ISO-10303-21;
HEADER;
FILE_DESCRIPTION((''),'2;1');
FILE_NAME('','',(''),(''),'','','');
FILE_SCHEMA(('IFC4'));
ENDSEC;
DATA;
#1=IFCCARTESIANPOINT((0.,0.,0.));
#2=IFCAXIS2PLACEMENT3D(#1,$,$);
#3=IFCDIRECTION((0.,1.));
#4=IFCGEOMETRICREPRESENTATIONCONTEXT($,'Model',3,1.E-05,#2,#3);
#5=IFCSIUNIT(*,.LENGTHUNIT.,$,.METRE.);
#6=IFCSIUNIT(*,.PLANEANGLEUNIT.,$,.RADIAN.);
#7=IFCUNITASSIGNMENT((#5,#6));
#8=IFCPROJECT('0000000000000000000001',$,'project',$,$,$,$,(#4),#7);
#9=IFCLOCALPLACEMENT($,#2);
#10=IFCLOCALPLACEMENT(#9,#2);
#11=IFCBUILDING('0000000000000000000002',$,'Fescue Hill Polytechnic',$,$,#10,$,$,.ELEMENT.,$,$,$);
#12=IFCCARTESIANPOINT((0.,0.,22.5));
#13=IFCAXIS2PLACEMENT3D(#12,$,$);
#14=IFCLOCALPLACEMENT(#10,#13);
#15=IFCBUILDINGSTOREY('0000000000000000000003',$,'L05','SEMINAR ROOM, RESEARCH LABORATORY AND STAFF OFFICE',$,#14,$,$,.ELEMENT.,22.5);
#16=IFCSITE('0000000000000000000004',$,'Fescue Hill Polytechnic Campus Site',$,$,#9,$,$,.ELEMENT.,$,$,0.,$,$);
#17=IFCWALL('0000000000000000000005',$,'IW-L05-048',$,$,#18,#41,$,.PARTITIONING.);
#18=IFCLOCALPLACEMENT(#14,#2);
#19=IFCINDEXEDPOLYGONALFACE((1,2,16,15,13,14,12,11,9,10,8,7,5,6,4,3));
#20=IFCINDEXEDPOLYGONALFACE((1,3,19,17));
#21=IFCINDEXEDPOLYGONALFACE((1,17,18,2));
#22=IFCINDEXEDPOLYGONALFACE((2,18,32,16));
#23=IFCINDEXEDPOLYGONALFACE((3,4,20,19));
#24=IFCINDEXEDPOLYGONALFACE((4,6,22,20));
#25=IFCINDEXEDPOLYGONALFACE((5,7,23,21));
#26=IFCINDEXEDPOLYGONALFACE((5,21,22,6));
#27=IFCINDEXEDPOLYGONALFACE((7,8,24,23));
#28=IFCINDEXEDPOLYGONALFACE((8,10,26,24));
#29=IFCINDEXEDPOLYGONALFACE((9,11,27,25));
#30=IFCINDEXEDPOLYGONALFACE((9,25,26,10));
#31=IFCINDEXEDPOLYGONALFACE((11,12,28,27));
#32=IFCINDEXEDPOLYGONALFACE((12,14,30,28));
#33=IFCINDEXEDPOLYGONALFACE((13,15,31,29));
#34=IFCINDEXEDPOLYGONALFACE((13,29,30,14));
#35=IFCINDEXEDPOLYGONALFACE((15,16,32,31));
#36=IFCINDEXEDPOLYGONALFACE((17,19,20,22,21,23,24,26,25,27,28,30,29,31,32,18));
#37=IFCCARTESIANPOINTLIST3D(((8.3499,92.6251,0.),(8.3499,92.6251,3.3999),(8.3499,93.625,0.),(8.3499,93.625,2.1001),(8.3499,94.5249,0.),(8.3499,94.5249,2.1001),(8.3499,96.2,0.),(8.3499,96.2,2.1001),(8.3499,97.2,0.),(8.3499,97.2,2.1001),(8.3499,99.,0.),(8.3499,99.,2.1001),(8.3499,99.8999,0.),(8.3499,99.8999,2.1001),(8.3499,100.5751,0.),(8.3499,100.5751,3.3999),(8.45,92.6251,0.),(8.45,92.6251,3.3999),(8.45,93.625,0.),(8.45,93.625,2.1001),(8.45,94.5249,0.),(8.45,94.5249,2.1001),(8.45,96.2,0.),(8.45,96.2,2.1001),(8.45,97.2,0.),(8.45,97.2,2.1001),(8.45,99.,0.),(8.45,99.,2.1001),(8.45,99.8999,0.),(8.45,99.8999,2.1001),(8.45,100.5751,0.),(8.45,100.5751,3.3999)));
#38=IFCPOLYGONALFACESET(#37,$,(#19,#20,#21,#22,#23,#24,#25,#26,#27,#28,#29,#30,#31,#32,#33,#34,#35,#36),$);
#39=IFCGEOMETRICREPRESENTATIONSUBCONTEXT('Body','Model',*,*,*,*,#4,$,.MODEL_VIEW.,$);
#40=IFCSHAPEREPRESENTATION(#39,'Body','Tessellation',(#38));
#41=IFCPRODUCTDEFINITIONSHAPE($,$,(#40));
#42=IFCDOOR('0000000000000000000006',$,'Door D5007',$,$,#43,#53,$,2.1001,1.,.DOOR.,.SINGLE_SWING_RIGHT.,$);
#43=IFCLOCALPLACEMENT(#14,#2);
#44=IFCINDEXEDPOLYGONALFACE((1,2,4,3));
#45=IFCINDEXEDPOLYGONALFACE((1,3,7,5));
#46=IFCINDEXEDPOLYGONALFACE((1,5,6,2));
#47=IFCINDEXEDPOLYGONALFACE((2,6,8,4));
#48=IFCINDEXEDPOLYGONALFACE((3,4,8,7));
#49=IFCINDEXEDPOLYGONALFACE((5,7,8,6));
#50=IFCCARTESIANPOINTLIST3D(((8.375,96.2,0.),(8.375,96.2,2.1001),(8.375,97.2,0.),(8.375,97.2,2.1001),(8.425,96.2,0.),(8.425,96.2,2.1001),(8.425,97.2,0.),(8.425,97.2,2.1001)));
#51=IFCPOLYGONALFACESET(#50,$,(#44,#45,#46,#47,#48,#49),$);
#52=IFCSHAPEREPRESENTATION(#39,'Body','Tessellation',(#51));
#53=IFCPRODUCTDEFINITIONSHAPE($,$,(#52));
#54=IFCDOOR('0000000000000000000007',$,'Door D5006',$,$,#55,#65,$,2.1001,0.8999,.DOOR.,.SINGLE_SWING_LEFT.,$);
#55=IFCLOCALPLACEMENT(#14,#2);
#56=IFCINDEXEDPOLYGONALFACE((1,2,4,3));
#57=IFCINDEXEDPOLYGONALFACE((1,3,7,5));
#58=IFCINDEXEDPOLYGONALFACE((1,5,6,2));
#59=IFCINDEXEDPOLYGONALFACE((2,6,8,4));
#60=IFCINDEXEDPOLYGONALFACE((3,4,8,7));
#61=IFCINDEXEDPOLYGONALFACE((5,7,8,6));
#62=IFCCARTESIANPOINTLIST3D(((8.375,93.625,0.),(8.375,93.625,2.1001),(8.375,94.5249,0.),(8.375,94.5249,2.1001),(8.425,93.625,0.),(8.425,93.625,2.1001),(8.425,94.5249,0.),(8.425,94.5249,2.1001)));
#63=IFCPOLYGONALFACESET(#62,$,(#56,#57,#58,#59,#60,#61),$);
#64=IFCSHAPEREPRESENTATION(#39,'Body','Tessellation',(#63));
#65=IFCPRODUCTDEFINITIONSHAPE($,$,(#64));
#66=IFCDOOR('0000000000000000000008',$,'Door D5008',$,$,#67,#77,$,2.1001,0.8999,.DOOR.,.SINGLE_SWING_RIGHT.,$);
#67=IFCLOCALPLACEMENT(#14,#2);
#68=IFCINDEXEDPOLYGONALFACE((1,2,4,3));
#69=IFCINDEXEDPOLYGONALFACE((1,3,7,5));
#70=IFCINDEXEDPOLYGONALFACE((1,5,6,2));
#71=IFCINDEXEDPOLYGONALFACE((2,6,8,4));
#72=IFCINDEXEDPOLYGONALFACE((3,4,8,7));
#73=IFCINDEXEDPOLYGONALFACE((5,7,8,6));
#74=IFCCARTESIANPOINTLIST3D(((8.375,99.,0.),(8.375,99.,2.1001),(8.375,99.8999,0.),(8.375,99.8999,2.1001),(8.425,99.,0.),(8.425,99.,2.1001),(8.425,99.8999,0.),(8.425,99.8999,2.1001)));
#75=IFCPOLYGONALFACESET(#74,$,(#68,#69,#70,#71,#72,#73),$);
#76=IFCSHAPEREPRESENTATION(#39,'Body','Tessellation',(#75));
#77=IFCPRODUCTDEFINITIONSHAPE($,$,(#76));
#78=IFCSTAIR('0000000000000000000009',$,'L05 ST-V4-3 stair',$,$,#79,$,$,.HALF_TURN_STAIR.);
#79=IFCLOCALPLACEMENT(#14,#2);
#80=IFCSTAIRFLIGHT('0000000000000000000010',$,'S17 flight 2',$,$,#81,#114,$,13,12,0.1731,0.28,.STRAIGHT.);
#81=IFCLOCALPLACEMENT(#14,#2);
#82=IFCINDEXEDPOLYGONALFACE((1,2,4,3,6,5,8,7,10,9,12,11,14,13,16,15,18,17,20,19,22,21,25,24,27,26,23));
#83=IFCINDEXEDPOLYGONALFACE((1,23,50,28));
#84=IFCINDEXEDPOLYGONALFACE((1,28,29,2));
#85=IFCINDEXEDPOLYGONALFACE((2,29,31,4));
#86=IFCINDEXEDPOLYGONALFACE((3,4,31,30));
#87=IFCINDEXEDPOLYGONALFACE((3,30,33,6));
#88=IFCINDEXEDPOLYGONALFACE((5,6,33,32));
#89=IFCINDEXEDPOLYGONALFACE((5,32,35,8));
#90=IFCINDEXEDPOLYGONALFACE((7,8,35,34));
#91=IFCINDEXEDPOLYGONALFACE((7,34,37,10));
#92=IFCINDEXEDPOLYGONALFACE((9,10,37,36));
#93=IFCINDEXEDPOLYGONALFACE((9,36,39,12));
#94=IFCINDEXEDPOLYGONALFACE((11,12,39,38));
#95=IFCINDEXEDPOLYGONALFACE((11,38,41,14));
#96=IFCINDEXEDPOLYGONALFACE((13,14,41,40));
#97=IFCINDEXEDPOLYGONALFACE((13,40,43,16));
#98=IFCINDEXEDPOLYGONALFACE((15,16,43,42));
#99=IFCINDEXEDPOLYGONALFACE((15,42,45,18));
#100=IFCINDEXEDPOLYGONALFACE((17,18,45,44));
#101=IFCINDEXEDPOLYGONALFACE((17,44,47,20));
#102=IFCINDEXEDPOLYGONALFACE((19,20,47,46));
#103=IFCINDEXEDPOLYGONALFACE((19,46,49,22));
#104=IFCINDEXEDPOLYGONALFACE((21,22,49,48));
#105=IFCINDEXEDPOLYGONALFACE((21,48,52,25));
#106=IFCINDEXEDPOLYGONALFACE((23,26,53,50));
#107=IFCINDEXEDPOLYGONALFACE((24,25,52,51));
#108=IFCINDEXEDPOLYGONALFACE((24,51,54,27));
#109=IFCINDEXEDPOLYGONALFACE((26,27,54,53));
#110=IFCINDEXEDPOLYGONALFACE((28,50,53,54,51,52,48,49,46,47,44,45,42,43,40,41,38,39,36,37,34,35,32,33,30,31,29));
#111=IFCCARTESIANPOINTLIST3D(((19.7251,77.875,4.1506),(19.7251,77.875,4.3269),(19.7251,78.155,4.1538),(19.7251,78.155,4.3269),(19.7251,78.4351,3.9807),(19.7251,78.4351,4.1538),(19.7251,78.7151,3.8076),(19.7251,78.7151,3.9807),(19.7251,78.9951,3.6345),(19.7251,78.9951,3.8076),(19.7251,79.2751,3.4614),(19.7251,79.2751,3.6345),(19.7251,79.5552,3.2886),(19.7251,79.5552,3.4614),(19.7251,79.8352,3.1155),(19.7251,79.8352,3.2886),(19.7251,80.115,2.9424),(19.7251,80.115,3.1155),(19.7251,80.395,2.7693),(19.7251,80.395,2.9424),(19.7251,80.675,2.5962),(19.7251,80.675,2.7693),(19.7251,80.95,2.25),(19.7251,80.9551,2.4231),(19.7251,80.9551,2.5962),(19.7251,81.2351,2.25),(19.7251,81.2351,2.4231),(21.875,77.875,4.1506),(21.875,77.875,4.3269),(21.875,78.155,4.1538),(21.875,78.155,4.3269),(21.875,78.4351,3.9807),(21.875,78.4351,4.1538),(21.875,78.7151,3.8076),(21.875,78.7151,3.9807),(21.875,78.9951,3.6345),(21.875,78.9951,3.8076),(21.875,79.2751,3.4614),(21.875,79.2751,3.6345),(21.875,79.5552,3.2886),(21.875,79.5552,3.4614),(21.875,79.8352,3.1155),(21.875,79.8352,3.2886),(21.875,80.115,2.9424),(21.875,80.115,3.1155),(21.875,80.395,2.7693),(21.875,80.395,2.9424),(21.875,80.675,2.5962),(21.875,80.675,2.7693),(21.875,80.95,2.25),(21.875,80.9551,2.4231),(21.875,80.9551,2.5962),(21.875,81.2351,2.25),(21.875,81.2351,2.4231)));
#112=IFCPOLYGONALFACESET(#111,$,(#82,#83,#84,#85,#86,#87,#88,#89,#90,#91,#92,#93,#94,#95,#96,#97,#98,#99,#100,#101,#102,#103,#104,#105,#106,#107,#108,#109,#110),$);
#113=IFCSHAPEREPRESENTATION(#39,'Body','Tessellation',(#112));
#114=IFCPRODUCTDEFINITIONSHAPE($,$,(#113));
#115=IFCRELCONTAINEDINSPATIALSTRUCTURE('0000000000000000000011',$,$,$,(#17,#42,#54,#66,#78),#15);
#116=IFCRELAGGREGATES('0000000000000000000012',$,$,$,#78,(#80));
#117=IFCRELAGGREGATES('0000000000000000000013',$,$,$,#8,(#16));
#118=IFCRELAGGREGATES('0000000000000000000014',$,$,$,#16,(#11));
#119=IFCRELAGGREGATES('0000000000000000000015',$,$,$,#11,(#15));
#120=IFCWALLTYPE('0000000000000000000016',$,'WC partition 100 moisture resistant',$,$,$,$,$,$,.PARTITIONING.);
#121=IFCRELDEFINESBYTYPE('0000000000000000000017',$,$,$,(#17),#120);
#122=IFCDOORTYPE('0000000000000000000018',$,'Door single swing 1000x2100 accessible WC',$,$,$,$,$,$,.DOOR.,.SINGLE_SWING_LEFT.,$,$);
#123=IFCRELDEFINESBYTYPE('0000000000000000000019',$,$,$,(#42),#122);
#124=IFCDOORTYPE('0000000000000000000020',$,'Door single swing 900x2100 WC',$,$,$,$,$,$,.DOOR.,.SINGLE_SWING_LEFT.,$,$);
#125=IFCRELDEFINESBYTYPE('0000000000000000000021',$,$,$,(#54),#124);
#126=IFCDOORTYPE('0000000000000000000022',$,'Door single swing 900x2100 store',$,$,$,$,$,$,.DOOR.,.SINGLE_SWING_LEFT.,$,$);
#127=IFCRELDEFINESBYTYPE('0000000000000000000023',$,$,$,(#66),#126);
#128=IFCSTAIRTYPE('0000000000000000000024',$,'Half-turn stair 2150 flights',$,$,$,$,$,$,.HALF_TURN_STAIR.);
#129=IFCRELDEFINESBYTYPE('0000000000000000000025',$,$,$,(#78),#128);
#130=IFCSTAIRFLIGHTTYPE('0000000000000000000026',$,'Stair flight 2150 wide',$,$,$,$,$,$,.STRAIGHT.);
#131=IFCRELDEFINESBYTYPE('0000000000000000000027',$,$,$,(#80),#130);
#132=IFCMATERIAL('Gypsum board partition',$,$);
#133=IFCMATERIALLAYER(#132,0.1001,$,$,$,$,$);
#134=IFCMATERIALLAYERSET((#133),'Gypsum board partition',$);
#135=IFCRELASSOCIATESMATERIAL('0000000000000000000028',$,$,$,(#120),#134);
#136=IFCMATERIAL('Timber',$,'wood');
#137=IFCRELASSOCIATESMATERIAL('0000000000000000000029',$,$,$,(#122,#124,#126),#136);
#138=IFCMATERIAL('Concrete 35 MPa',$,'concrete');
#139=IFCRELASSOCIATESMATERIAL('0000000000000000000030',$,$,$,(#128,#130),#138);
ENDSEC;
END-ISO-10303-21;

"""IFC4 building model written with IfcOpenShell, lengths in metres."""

from ifc_helpers import new_model, si_unit, direction, frame, frame_2d, origin, place, context, subcontext, project, spatial, polyline, rectangle, outline, extrude, material, layer, layer_set, type_object, element, fill, aggregate, save


model = new_model("IFC4")

# Units and contexts
model_context = context("Model", 3, precision=1e-05, world=origin(), true_north=direction((0.0, 1.0)))
body_context = subcontext(model_context, "Body", "Model", "MODEL_VIEW")
ifc_project = project(units=[si_unit("LENGTHUNIT", "METRE"), si_unit("PLANEANGLEUNIT", "RADIAN")], contexts=[model_context])

# Site, building, storey
site_placement = place(None, origin())
site = spatial("IfcSite", under=ifc_project, at=site_placement, Name="Fescue Hill Polytechnic Campus Site", CompositionType="ELEMENT", RefElevation=0.0)
building_placement = place(site_placement, origin())
building = spatial("IfcBuilding", under=site, at=building_placement, Name="Fescue Hill Polytechnic", CompositionType="ELEMENT")
storey_placement = place(building_placement, frame((0.0, 0.0, 22.5)))
storey = spatial("IfcBuildingStorey", under=building, at=storey_placement, Name="L05", Description="SEMINAR ROOM, RESEARCH LABORATORY AND STAFF OFFICE", CompositionType="ELEMENT", Elevation=22.5)

# Shared definitions
ifc_material_1 = material(Name="Concrete 35 MPa", Category="concrete")

# Shared definitions
ifc_material_2 = material(Name="Gypsum board partition")
ifc_material_3 = material(Name="Timber", Category="wood")

# Wall, openings, doors
ifc_layer_1 = layer(ifc_material_2, 0.1001)
ifc_layer_set_1 = layer_set([ifc_layer_1], Name="Gypsum board partition")
wall_type_1 = type_object("IfcWallType", Name="WC partition 100 moisture resistant", PredefinedType="PARTITIONING", material=ifc_layer_set_1)
wall_1_placement = place(storey_placement, frame((8.3999, 92.625, 0.0), z_axis=(0.0, 0.0, 1.0), x_axis=(0.0, 1.0, 0.0)))
wall_1 = element("IfcWall", 1, at=wall_1_placement, inside=storey, type_object=wall_type_1, Name="IW-L05-048", PredefinedType="PARTITIONING", context=body_context, shape_type="SweptSolid", body=[
    extrude(rectangle(XDim=7.95, YDim=0.1001, at=frame_2d((3.9751, 0.0))), origin(), (0.0, 0.0, 1.0), 3.3999),
])
opening_1_placement = place(wall_1_placement, frame((1.0, 0.0, 0.0)))
opening_1 = element("IfcOpeningElement", 2, at=opening_1_placement, cuts=wall_1, PredefinedType="OPENING", context=body_context, shape_type="SweptSolid", body=[
    extrude(rectangle(XDim=0.8999, YDim=2.1001, at=frame_2d((0.45, 1.05))), frame((0.0, 0.0601, 0.0), z_axis=(0.0, -1.0, 0.0), x_axis=(1.0, 0.0, 0.0)), (0.0, 0.0, 1.0), 0.1201),
])
opening_2_placement = place(wall_1_placement, frame((3.575, 0.0, 0.0)))
opening_2 = element("IfcOpeningElement", 3, at=opening_2_placement, cuts=wall_1, PredefinedType="OPENING", context=body_context, shape_type="SweptSolid", body=[
    extrude(rectangle(XDim=1.0, YDim=2.1001, at=frame_2d((0.5, 1.05))), frame((0.0, 0.0601, 0.0), z_axis=(0.0, -1.0, 0.0), x_axis=(1.0, 0.0, 0.0)), (0.0, 0.0, 1.0), 0.1201),
])
opening_3_placement = place(wall_1_placement, frame((6.375, 0.0, 0.0)))
opening_3 = element("IfcOpeningElement", 4, at=opening_3_placement, cuts=wall_1, PredefinedType="OPENING", context=body_context, shape_type="SweptSolid", body=[
    extrude(rectangle(XDim=0.8999, YDim=2.1001, at=frame_2d((0.45, 1.05))), frame((0.0, 0.0601, 0.0), z_axis=(0.0, -1.0, 0.0), x_axis=(1.0, 0.0, 0.0)), (0.0, 0.0, 1.0), 0.1201),
])
door_type_1 = type_object("IfcDoorType", Name="Door single swing 1000x2100 accessible WC", OperationType="SINGLE_SWING_LEFT", PredefinedType="DOOR", material=ifc_material_3)
door_1_placement = place(opening_2_placement, origin())
door_1 = element("IfcDoor", 5, at=door_1_placement, inside=storey, type_object=door_type_1, Name="Door D5007", OperationType="SINGLE_SWING_RIGHT", OverallHeight=2.1001, OverallWidth=1.0, PredefinedType="DOOR", context=body_context, shape_type="SweptSolid", body=[
    extrude(rectangle(XDim=1.0, YDim=2.1001, at=frame_2d((0.5, 1.05))), frame((0.0, 0.0249, 0.0), z_axis=(0.0, -1.0, 0.0), x_axis=(1.0, 0.0, 0.0)), (0.0, 0.0, 1.0), 0.05),
])
fill(opening_2, door_1)
door_type_2 = type_object("IfcDoorType", Name="Door single swing 900x2100 WC", OperationType="SINGLE_SWING_LEFT", PredefinedType="DOOR", material=ifc_material_3)
door_2_placement = place(opening_1_placement, origin())
door_2 = element("IfcDoor", 6, at=door_2_placement, inside=storey, type_object=door_type_2, Name="Door D5006", OperationType="SINGLE_SWING_LEFT", OverallHeight=2.1001, OverallWidth=0.8999, PredefinedType="DOOR", context=body_context, shape_type="SweptSolid", body=[
    extrude(rectangle(XDim=0.8999, YDim=2.1001, at=frame_2d((0.45, 1.05))), frame((0.0, 0.0249, 0.0), z_axis=(0.0, -1.0, 0.0), x_axis=(1.0, 0.0, 0.0)), (0.0, 0.0, 1.0), 0.05),
])
fill(opening_1, door_2)
door_type_3 = type_object("IfcDoorType", Name="Door single swing 900x2100 store", OperationType="SINGLE_SWING_LEFT", PredefinedType="DOOR", material=ifc_material_3)
door_3_placement = place(opening_3_placement, origin())
door_3 = element("IfcDoor", 7, at=door_3_placement, inside=storey, type_object=door_type_3, Name="Door D5008", OperationType="SINGLE_SWING_RIGHT", OverallHeight=2.1001, OverallWidth=0.8999, PredefinedType="DOOR", context=body_context, shape_type="SweptSolid", body=[
    extrude(rectangle(XDim=0.8999, YDim=2.1001, at=frame_2d((0.45, 1.05))), frame((0.0, 0.0249, 0.0), z_axis=(0.0, -1.0, 0.0), x_axis=(1.0, 0.0, 0.0)), (0.0, 0.0, 1.0), 0.05),
])
fill(opening_3, door_3)

# Stair, stair flight
stair_type = type_object("IfcStairType", Name="Half-turn stair 2150 flights", PredefinedType="HALF_TURN_STAIR", material=ifc_material_1)
stair_placement = place(storey_placement, origin())
stair = element("IfcStair", 8, at=stair_placement, inside=storey, type_object=stair_type, Name="L05 ST-V4-3 stair", PredefinedType="HALF_TURN_STAIR")
stair_flight_type = type_object("IfcStairFlightType", Name="Stair flight 2150 wide", PredefinedType="STRAIGHT", material=ifc_material_1)
stair_flight_placement = place(storey_placement, frame((20.8, 81.2351, 2.25), z_axis=(0.0, 0.0, 1.0), x_axis=(0.0, -1.0, 0.0)))
stair_flight = element("IfcStairFlight", 9, at=stair_flight_placement, type_object=stair_flight_type, Name="S17 flight 2", NumberOfRisers=13, NumberOfTreads=12, PredefinedType="STRAIGHT", RiserHeight=0.1731, TreadLength=0.28, context=body_context, shape_type="SweptSolid", body=[
    extrude(outline(polyline([(0.0, 0.0), (0.0, 0.1731), (0.28, 0.1731), (0.28, 0.3462), (0.5601, 0.3462), (0.5601, 0.5193), (0.8401, 0.5193), (0.8401, 0.6924), (1.1201, 0.6924), (1.1201, 0.8655), (1.3999, 0.8655), (1.3999, 1.0386), (1.6799, 1.0386), (1.6799, 1.2114), (1.96, 1.2114), (1.96, 1.3845), (2.24, 1.3845), (2.24, 1.5576), (2.52, 1.5576), (2.52, 1.7307), (2.8, 1.7307), (2.8, 1.9038), (3.0801, 1.9038), (3.0801, 2.0769), (3.3601, 2.0769), (3.3601, 2.25), (3.3601, 1.9006), (0.2852, 0.0), (0.0, 0.0)])), frame((0.0, 1.075, 0.0), z_axis=(0.0, -1.0, 0.0), x_axis=(1.0, 0.0, 0.0)), (0.0, 0.0, 1.0), 2.1499),
])
aggregate(stair, [stair_flight])

save(model, "model.ifc")
